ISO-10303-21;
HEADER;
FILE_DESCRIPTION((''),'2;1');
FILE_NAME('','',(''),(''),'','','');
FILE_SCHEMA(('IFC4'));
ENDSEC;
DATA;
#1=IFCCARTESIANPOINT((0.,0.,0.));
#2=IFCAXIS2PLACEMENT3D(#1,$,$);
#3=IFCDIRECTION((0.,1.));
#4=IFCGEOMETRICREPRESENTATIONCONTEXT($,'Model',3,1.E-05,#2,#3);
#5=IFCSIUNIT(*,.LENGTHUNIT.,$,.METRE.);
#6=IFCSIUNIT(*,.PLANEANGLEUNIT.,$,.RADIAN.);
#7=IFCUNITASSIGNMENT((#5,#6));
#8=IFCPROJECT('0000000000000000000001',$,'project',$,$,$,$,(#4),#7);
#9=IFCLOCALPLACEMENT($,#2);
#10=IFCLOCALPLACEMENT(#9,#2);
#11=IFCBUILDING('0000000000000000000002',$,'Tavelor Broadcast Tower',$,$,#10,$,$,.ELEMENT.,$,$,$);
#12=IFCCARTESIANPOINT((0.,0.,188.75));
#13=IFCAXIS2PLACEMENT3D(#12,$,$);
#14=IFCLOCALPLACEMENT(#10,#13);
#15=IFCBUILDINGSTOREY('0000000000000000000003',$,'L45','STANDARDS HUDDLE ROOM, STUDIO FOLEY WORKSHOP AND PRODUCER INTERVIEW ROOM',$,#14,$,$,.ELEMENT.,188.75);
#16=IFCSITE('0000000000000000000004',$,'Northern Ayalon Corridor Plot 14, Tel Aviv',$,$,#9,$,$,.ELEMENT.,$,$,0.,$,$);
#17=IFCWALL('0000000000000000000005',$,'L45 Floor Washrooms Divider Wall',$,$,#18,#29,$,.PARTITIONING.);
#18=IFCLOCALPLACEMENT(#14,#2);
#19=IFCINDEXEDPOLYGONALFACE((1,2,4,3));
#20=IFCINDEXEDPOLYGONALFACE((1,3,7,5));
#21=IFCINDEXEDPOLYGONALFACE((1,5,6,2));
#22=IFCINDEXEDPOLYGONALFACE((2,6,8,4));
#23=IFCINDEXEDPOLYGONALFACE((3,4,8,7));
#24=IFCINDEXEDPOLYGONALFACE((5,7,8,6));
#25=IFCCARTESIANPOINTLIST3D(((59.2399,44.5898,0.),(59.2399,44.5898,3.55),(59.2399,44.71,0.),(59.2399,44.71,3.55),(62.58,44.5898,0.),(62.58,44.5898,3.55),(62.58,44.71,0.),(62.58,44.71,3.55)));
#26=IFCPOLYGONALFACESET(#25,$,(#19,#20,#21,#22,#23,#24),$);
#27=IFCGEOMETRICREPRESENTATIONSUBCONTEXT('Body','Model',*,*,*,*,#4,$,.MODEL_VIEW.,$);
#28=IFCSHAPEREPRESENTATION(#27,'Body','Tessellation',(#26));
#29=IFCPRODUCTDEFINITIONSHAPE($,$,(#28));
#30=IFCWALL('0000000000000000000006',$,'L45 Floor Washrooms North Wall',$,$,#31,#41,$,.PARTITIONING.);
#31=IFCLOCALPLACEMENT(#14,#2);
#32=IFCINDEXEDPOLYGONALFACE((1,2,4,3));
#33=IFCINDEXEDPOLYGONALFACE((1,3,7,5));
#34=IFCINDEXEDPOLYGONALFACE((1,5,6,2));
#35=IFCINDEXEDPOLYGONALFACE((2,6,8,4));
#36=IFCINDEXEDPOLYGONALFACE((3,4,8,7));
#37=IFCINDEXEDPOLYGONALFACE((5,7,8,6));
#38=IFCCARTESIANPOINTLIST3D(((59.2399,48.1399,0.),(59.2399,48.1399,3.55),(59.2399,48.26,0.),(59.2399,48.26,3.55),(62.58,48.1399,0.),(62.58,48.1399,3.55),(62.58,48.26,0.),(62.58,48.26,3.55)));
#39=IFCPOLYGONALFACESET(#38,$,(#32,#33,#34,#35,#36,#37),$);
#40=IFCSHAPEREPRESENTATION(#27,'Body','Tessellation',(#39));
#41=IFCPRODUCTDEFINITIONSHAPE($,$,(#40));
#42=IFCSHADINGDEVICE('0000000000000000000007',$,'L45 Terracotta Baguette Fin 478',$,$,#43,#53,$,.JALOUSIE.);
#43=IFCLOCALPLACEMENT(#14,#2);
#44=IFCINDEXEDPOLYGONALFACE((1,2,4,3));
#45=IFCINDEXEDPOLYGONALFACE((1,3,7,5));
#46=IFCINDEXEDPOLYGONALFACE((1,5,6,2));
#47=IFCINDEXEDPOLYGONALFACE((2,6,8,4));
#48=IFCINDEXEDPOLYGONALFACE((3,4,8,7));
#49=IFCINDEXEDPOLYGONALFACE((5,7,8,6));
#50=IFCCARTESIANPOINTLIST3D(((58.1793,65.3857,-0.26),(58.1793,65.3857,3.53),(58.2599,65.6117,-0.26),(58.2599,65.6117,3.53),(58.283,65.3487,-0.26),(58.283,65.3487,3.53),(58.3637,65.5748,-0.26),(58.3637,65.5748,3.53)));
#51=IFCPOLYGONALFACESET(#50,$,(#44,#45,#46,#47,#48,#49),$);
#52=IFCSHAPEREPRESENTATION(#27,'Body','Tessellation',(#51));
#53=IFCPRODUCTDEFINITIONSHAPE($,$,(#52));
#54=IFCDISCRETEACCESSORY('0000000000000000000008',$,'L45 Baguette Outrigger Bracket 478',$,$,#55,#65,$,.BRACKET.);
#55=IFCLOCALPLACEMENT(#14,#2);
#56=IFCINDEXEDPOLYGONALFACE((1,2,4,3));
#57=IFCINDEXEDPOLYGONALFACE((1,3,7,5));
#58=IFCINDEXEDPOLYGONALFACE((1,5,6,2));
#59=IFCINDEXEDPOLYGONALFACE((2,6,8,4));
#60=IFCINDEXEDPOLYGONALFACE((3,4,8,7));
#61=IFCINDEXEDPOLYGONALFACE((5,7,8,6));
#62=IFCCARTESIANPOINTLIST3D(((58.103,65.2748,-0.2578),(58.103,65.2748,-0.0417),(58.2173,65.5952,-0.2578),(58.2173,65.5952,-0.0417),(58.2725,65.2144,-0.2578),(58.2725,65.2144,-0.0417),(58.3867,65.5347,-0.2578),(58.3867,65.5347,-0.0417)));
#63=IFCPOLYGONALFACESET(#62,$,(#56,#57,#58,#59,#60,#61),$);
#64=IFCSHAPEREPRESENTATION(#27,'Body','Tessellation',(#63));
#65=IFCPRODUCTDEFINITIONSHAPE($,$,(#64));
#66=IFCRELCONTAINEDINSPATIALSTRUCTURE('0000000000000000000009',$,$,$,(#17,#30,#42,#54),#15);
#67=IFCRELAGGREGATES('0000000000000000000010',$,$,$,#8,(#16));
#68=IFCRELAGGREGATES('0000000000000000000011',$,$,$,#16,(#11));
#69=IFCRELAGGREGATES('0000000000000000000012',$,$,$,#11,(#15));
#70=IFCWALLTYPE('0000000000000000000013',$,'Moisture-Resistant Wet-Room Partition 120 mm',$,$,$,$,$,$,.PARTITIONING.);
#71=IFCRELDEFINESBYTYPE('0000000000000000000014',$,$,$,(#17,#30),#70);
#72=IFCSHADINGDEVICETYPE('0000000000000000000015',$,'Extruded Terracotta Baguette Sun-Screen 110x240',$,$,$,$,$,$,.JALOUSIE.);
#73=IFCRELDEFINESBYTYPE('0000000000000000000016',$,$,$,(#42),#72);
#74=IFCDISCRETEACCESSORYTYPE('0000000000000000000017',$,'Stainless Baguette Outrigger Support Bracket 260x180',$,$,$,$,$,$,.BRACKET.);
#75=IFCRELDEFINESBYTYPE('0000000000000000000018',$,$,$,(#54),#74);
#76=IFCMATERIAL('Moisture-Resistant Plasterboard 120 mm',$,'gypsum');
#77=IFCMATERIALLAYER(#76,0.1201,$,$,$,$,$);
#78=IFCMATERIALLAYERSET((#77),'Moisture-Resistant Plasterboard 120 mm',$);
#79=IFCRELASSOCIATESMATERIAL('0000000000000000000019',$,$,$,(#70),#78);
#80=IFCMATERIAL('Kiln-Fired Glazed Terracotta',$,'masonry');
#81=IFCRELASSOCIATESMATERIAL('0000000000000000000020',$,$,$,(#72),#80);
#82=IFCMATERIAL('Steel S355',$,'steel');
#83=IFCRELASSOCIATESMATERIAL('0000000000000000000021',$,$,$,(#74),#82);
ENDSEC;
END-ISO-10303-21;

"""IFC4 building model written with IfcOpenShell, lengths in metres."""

from ifc_helpers import new_model, si_unit, direction, frame, frame_2d, origin, origin_2d, place, context, subcontext, project, spatial, rectangle, extrude, source, transform, mapped, material, layer, layer_set, type_object, type_shapes, element, save


model = new_model("IFC4")

# Units and contexts
model_context = context("Model", 3, precision=1e-05, world=origin(), true_north=direction((0.0, 1.0)))
body_context = subcontext(model_context, "Body", "Model", "MODEL_VIEW")
ifc_project = project(units=[si_unit("LENGTHUNIT", "METRE"), si_unit("PLANEANGLEUNIT", "RADIAN")], contexts=[model_context])

# Site, building, storey
site_placement = place(None, origin())
site = spatial("IfcSite", under=ifc_project, at=site_placement, Name="Northern Ayalon Corridor Plot 14, Tel Aviv", CompositionType="ELEMENT", RefElevation=0.0)
building_placement = place(site_placement, origin())
building = spatial("IfcBuilding", under=site, at=building_placement, Name="Tavelor Broadcast Tower", CompositionType="ELEMENT")
storey_placement = place(building_placement, frame((0.0, 0.0, 188.75)))
storey = spatial("IfcBuildingStorey", under=building, at=storey_placement, Name="L45", Description="STANDARDS HUDDLE ROOM, STUDIO FOLEY WORKSHOP AND PRODUCER INTERVIEW ROOM", CompositionType="ELEMENT", Elevation=188.75)

# Shared definitions
ifc_material_1 = material(Name="Steel S355", Category="steel")

# Walls
ifc_material_2 = material(Name="Moisture-Resistant Plasterboard 120 mm", Category="gypsum")
ifc_layer_1 = layer(ifc_material_2, 0.1201)
ifc_layer_set_1 = layer_set([ifc_layer_1], Name="Moisture-Resistant Plasterboard 120 mm")
wall_type_1 = type_object("IfcWallType", Name="Moisture-Resistant Wet-Room Partition 120 mm", PredefinedType="PARTITIONING", material=ifc_layer_set_1)
for number, where, z_axis, x_axis, name in (
    (1, (59.24, 44.6499, 0.0), (0.0, 0.0, 1.0), (1.0, 0.0, 0.0), "L45 Floor Washrooms Divider Wall"),
    (2, (59.24, 48.2, 0.0), (0.0, 0.0, 1.0), (1.0, 0.0, 0.0), "L45 Floor Washrooms North Wall"),
):
    element("IfcWall", number, at=place(storey_placement, frame(where, z_axis=z_axis, x_axis=x_axis)), inside=storey, type_object=wall_type_1, Name=name, PredefinedType="PARTITIONING", context=body_context, shape_type="SweptSolid", body=[
        extrude(rectangle(XDim=3.3401, YDim=0.1201, at=frame_2d((1.6699, 0.0))), origin(), (0.0, 0.0, 1.0), 3.55),
    ])

# Shading device
ifc_material_3 = material(Name="Kiln-Fired Glazed Terracotta", Category="masonry")
shading_device_type = type_object("IfcShadingDeviceType", Name="Extruded Terracotta Baguette Sun-Screen 110x240", PredefinedType="JALOUSIE", material=ifc_material_3)
shared_shape_1 = source(origin(), body_context, "Body", "SweptSolid", [
    extrude(rectangle(XDim=0.1101, YDim=0.24, at=origin_2d()), origin(), (0.0, 0.0, 1.0), 3.79),
])
type_shapes(shading_device_type, [shared_shape_1])
shading_device_placement = place(storey_placement, frame((58.2715, 65.4802, -0.26), z_axis=(0.0, 0.0, 1.0), x_axis=(-0.941882, 0.335945, 0.0)))
element("IfcShadingDevice", 3, at=shading_device_placement, inside=storey, type_object=shading_device_type, Name="L45 Terracotta Baguette Fin 478", PredefinedType="JALOUSIE", context=body_context, shape_type="MappedRepresentation", body=[
    mapped(shared_shape_1, transform((0.0, 0.0, 0.0), scale=1.0)),
])

# Discrete accessory
discrete_accessory_type = type_object("IfcDiscreteAccessoryType", Name="Stainless Baguette Outrigger Support Bracket 260x180", PredefinedType="BRACKET", material=ifc_material_1)
shared_shape_2 = source(origin(), body_context, "Body", "SweptSolid", [
    extrude(rectangle(XDim=0.1799, YDim=0.3401, at=origin_2d()), origin(), (0.0, 0.0, 1.0), 0.2161),
])
type_shapes(discrete_accessory_type, [shared_shape_2])
discrete_accessory_placement = place(storey_placement, frame((58.2449, 65.4048, -0.2578), z_axis=(0.0, 0.0, 1.0), x_axis=(-0.941882, 0.335945, 0.0)))
element("IfcDiscreteAccessory", 4, at=discrete_accessory_placement, inside=storey, type_object=discrete_accessory_type, Name="L45 Baguette Outrigger Bracket 478", PredefinedType="BRACKET", context=body_context, shape_type="MappedRepresentation", body=[
    mapped(shared_shape_2, transform((0.0, 0.0, 0.0), scale=1.0)),
])

save(model, "model.ifc")
